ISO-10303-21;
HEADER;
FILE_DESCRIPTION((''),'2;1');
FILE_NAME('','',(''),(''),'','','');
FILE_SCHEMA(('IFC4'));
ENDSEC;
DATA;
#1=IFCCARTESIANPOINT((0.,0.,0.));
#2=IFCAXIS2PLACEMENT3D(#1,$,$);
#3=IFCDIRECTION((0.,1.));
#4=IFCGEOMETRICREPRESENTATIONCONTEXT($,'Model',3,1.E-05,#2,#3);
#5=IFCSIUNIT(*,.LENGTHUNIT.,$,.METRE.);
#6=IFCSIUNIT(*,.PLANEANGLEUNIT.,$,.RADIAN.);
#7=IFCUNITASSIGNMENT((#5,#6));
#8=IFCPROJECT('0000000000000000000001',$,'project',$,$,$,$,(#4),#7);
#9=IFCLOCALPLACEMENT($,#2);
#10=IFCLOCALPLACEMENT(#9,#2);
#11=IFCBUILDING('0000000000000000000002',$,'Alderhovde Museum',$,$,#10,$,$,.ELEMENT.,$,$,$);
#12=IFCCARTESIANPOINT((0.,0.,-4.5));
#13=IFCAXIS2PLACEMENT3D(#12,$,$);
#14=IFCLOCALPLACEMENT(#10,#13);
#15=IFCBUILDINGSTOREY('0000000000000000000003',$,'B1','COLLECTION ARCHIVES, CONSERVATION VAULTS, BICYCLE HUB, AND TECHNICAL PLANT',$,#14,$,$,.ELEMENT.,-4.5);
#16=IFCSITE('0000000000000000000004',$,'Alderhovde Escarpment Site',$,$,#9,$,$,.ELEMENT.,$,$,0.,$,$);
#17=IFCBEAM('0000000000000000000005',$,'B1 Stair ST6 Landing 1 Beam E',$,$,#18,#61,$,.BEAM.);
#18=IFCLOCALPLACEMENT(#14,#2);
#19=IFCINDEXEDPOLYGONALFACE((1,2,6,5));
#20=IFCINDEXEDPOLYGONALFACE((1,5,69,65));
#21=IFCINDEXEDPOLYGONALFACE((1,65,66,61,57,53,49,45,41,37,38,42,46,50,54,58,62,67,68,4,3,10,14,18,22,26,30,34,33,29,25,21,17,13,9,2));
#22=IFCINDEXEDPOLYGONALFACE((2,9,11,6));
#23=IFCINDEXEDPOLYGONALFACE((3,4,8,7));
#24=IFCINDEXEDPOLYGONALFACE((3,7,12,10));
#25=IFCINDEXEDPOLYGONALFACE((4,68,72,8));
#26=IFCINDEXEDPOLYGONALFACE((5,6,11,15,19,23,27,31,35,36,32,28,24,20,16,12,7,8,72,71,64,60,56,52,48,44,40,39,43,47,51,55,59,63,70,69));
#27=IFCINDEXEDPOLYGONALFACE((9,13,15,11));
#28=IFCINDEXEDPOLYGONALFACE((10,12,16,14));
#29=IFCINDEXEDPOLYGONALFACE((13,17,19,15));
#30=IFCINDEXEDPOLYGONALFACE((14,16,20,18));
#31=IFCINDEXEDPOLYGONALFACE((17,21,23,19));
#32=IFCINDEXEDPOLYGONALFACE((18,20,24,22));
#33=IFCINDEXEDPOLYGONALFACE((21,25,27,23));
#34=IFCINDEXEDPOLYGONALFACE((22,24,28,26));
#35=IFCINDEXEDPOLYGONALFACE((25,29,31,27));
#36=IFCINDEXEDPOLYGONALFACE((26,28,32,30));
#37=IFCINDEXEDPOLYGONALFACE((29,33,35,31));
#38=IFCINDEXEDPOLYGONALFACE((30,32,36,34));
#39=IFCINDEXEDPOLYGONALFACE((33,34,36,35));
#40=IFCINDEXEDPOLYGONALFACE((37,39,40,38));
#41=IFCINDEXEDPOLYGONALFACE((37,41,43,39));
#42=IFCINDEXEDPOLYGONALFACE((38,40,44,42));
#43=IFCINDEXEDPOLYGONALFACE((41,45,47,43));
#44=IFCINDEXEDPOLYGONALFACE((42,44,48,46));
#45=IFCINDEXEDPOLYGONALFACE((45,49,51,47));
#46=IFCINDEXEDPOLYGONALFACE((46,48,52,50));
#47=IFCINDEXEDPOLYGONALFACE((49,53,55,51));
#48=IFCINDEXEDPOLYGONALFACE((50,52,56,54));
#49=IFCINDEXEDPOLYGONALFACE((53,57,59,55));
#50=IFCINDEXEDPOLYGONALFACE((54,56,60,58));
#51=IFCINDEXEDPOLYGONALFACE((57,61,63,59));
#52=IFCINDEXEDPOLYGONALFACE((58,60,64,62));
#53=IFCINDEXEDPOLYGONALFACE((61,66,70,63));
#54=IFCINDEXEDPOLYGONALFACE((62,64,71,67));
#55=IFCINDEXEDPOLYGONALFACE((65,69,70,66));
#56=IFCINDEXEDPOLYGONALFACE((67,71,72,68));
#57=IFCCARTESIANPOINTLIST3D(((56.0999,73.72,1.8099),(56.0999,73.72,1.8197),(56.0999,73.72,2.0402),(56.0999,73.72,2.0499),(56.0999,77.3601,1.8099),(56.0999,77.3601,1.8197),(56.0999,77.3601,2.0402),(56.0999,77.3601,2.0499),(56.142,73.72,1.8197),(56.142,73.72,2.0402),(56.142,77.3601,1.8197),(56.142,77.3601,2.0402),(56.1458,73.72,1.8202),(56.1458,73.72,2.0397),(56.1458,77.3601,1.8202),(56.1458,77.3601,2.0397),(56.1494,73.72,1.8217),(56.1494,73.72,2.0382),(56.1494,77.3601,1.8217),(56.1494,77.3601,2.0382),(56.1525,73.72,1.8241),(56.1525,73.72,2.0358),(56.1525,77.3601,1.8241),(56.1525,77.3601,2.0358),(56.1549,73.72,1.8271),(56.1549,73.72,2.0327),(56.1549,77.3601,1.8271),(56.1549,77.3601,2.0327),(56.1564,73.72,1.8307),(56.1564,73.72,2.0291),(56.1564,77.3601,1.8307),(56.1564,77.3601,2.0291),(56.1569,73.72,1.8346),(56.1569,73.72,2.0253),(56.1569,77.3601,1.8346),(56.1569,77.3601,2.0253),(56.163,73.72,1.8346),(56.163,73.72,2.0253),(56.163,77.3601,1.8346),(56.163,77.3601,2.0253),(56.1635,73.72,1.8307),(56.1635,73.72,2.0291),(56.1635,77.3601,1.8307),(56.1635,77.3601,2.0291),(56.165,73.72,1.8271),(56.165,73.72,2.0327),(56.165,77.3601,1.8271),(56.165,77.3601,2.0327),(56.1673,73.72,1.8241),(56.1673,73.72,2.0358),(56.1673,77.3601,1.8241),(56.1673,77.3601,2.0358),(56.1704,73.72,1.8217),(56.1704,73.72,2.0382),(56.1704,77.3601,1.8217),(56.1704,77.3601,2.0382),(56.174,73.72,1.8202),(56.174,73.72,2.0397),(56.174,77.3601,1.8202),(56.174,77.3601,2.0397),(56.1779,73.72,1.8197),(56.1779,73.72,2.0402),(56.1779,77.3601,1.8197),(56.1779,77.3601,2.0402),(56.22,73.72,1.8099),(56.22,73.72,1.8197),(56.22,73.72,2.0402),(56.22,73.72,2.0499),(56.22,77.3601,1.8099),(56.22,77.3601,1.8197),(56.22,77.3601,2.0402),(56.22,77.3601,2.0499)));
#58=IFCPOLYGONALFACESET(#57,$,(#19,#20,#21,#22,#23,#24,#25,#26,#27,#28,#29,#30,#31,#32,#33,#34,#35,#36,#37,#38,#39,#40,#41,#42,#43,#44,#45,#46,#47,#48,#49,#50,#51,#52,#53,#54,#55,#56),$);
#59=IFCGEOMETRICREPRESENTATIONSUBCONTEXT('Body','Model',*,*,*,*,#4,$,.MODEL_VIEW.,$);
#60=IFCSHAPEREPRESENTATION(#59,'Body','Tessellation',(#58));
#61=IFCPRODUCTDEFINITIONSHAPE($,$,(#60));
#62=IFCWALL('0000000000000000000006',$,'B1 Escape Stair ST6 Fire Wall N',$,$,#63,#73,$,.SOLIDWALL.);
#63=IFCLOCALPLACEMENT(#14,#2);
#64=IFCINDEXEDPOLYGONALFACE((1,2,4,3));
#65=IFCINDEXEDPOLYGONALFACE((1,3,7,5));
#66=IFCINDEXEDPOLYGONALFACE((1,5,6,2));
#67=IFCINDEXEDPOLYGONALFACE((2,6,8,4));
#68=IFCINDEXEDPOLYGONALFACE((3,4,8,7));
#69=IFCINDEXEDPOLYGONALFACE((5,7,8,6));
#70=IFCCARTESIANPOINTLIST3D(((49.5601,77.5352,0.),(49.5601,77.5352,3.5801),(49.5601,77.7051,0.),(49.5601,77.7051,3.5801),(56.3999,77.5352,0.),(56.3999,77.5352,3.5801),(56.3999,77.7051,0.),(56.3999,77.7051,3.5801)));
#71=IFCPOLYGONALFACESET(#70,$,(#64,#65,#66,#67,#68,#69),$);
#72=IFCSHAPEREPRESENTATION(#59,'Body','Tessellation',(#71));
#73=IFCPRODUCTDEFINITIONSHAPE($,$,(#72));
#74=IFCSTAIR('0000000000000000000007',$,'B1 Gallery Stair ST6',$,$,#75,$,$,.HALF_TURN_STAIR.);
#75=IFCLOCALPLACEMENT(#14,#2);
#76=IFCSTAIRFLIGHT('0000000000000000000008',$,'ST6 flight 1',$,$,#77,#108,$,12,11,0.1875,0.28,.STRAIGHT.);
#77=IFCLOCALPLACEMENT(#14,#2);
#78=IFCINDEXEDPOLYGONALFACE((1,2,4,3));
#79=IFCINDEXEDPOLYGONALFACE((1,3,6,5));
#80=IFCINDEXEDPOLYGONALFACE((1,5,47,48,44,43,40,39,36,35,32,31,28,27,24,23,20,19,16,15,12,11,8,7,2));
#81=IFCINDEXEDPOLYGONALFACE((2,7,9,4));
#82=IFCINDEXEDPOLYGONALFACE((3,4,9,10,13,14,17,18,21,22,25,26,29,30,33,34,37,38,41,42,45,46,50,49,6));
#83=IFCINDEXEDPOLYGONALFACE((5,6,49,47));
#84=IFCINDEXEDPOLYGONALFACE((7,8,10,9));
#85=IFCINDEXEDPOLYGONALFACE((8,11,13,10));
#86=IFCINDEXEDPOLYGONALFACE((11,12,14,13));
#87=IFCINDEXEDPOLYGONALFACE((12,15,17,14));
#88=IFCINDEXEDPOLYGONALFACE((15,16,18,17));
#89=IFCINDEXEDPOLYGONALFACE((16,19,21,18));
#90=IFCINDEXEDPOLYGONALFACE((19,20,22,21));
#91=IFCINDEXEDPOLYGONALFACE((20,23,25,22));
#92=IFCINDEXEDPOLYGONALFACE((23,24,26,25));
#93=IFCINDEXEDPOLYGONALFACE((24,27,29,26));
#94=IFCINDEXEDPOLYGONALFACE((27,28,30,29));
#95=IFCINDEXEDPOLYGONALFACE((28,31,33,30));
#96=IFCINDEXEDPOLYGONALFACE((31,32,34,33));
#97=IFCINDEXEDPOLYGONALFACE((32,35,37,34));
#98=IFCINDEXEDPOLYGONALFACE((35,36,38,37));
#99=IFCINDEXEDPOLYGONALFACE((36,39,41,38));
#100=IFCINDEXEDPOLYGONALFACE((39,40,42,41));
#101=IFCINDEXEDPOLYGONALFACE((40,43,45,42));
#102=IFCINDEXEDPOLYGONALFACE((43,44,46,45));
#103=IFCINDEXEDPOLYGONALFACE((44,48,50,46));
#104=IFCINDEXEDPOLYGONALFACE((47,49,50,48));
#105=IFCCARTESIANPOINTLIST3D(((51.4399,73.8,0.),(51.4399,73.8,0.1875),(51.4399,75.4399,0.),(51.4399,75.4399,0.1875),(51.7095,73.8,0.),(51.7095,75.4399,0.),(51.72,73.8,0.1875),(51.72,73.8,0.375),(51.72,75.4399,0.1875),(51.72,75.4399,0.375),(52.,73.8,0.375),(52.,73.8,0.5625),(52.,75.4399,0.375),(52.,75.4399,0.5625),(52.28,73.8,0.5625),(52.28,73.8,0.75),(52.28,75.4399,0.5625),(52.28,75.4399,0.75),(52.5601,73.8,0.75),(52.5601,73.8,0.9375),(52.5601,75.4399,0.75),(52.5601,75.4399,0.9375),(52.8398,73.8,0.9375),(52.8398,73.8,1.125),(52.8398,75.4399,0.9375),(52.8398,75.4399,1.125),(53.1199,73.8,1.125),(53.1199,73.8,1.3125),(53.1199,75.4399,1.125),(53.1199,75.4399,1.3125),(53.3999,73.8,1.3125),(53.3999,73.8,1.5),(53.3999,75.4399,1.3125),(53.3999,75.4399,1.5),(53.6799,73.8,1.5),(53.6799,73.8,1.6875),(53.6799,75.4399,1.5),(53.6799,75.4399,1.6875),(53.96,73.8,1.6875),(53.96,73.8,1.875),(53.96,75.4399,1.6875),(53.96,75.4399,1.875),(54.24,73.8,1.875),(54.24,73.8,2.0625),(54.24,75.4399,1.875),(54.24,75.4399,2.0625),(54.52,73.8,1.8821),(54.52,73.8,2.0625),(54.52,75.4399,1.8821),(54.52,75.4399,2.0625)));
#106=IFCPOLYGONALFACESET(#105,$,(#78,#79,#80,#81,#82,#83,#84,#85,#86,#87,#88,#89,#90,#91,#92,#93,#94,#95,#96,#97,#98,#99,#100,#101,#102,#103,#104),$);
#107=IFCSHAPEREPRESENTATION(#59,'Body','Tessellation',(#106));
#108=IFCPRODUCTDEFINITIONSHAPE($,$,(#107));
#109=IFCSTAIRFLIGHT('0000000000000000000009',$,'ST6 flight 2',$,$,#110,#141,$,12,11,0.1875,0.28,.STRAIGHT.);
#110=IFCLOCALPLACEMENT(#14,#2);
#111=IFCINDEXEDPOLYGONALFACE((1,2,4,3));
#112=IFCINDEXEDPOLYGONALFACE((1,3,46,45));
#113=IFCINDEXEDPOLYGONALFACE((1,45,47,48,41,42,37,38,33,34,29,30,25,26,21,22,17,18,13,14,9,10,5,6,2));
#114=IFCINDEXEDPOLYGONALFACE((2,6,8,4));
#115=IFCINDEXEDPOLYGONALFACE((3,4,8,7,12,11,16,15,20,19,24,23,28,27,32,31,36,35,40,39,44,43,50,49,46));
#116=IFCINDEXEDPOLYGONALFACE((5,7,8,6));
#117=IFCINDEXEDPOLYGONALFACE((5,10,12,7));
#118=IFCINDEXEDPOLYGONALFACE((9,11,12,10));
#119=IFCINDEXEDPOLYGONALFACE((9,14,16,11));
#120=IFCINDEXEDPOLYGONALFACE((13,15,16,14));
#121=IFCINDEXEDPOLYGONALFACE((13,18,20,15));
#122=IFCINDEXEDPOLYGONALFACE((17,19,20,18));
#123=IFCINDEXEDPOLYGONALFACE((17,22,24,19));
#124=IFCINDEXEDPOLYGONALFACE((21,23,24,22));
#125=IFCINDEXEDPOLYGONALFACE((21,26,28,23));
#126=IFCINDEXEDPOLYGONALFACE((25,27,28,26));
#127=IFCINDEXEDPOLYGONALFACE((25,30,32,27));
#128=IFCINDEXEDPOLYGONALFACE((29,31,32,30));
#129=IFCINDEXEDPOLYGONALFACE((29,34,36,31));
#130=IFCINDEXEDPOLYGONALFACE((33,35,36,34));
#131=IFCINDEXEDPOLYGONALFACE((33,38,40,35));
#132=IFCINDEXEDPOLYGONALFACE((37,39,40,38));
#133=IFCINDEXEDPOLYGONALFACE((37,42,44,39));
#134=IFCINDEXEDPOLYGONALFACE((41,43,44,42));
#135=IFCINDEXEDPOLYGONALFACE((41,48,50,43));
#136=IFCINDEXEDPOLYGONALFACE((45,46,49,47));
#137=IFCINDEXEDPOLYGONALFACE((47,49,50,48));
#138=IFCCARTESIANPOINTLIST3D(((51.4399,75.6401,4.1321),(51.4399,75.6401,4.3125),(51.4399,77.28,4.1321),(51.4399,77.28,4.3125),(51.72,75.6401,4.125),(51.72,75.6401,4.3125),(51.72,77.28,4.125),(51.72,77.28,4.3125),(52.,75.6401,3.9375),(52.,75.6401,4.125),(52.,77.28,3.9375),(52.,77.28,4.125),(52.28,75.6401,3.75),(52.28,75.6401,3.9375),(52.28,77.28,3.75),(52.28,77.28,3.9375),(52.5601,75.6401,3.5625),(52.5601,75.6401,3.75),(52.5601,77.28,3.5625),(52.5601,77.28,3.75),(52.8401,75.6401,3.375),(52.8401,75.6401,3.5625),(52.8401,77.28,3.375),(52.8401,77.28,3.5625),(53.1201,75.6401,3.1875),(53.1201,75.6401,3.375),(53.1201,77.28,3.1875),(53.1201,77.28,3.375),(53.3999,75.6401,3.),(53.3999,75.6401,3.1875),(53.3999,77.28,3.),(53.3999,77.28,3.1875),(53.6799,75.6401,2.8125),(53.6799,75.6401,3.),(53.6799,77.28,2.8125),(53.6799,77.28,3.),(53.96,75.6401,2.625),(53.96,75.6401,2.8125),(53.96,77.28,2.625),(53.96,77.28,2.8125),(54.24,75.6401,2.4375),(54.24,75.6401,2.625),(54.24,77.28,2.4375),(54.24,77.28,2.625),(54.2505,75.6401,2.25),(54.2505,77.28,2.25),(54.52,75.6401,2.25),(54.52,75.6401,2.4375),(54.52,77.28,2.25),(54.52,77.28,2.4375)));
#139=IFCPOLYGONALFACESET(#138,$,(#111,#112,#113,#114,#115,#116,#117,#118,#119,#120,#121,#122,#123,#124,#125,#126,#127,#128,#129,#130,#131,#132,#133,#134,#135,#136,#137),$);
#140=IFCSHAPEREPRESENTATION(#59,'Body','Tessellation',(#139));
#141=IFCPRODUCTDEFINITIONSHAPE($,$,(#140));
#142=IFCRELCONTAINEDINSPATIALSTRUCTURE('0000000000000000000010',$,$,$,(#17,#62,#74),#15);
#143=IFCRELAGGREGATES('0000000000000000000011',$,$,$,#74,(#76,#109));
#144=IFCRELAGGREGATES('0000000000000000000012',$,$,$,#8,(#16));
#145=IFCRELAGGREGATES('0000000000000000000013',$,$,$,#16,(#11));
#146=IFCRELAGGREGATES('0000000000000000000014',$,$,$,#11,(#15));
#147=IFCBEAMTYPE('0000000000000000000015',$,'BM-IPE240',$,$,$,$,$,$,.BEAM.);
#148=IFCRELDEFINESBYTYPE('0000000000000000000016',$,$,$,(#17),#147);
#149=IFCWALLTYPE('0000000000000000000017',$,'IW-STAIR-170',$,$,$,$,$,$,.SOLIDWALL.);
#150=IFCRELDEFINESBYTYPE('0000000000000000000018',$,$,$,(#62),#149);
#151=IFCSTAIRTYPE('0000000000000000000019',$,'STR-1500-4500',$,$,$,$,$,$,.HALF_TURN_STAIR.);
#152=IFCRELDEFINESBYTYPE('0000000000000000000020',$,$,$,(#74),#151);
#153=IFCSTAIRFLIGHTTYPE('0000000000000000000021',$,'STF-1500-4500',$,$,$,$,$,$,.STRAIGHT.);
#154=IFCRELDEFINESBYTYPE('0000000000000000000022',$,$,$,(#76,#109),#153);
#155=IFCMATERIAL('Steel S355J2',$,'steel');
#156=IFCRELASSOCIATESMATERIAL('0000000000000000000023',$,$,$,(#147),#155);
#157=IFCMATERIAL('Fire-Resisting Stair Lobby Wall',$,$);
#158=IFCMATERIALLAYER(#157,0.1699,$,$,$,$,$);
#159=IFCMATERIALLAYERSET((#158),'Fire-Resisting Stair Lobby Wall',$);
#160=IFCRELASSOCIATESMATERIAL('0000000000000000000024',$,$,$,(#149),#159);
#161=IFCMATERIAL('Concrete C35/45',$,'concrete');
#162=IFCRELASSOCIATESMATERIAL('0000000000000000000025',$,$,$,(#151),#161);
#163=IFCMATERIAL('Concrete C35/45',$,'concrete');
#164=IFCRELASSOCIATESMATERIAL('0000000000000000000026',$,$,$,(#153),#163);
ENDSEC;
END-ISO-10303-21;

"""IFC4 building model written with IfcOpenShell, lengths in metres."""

from ifc_helpers import new_model, si_unit, direction, frame, frame_2d, origin, origin_2d, place, context, subcontext, project, spatial, polyline, rectangle, i_section, outline, extrude, material, layer, layer_set, material_profile, profile_set, type_object, element, aggregate, save


model = new_model("IFC4")

# Units and contexts
model_context = context("Model", 3, precision=1e-05, world=origin(), true_north=direction((0.0, 1.0)))
body_context = subcontext(model_context, "Body", "Model", "MODEL_VIEW")
ifc_project = project(units=[si_unit("LENGTHUNIT", "METRE"), si_unit("PLANEANGLEUNIT", "RADIAN")], contexts=[model_context])

# Site, building, storey
site_placement = place(None, origin())
site = spatial("IfcSite", under=ifc_project, at=site_placement, Name="Alderhovde Escarpment Site", CompositionType="ELEMENT", RefElevation=0.0)
building_placement = place(site_placement, origin())
building = spatial("IfcBuilding", under=site, at=building_placement, Name="Alderhovde Museum", CompositionType="ELEMENT")
storey_placement = place(building_placement, frame((0.0, 0.0, -4.5)))
storey = spatial("IfcBuildingStorey", under=building, at=storey_placement, Name="B1", Description="COLLECTION ARCHIVES, CONSERVATION VAULTS, BICYCLE HUB, AND TECHNICAL PLANT", CompositionType="ELEMENT", Elevation=-4.5)

# Beam
ifc_material_1 = material(Name="Steel S355J2", Category="steel")
ifc_material_profile_1 = material_profile(ifc_material_1, i_section(OverallWidth=0.1201, OverallDepth=0.24, WebThickness=0.0061, FlangeThickness=0.0098, FilletRadius=0.0149, at=origin_2d()), Name="IPE 240")
ifc_profile_set_1 = profile_set([ifc_material_profile_1], Name="Steel S355J2")
beam_type = type_object("IfcBeamType", Name="BM-IPE240", PredefinedType="BEAM", material=ifc_profile_set_1)
for number, where, z_axis, x_axis, name in (
    (1, (56.1599, 73.72, 1.9299), (0.0, 1.0, 0.0), (-1.0, 0.0, 0.0), "B1 Stair ST6 Landing 1 Beam E"),
):
    element("IfcBeam", number, at=place(storey_placement, frame(where, z_axis=z_axis, x_axis=x_axis)), inside=storey, type_object=beam_type, Name=name, PredefinedType="BEAM", context=body_context, shape_type="SweptSolid", body=[
        extrude(i_section(OverallWidth=0.1201, OverallDepth=0.24, WebThickness=0.0061, FlangeThickness=0.0098, FilletRadius=0.0149, at=origin_2d()), origin(), (0.0, 0.0, 1.0), 3.6401),
    ])

# Wall
ifc_material_2 = material(Name="Fire-Resisting Stair Lobby Wall")
ifc_layer = layer(ifc_material_2, 0.1699)
ifc_layer_set = layer_set([ifc_layer], Name="Fire-Resisting Stair Lobby Wall")
wall_type = type_object("IfcWallType", Name="IW-STAIR-170", PredefinedType="SOLIDWALL", material=ifc_layer_set)
wall_placement = place(storey_placement, frame((49.5601, 77.6201, 0.0), z_axis=(0.0, 0.0, 1.0), x_axis=(1.0, 0.0, 0.0)))
element("IfcWall", 2, at=wall_placement, inside=storey, type_object=wall_type, Name="B1 Escape Stair ST6 Fire Wall N", PredefinedType="SOLIDWALL", context=body_context, shape_type="SweptSolid", body=[
    extrude(rectangle(XDim=6.8398, YDim=0.1699, at=frame_2d((3.4199, 0.0))), origin(), (0.0, 0.0, 1.0), 3.5801),
])

# Stair, stair flights
ifc_material_3 = material(Name="Concrete C35/45", Category="concrete")
stair_type = type_object("IfcStairType", Name="STR-1500-4500", PredefinedType="HALF_TURN_STAIR", material=ifc_material_3)
stair_placement = place(storey_placement, origin())
stair = element("IfcStair", 3, at=stair_placement, inside=storey, type_object=stair_type, Name="B1 Gallery Stair ST6", PredefinedType="HALF_TURN_STAIR")
ifc_material_4 = material(Name="Concrete C35/45", Category="concrete")
stair_flight_type = type_object("IfcStairFlightType", Name="STF-1500-4500", PredefinedType="STRAIGHT", material=ifc_material_4)
stair_flight_1_placement = place(storey_placement, frame((51.4399, 74.6201, 0.0), z_axis=(0.0, 0.0, 1.0), x_axis=(1.0, 0.0, 0.0)))
stair_flight_1 = element("IfcStairFlight", 4, at=stair_flight_1_placement, type_object=stair_flight_type, Name="ST6 flight 1", NumberOfRisers=12, NumberOfTreads=11, PredefinedType="STRAIGHT", RiserHeight=0.1875, TreadLength=0.28, context=body_context, shape_type="SweptSolid", body=[
    extrude(outline(polyline([(0.0, 0.0), (0.0, 0.1875), (0.28, 0.1875), (0.28, 0.375), (0.5601, 0.375), (0.5601, 0.5625), (0.8401, 0.5625), (0.8401, 0.75), (1.1201, 0.75), (1.1201, 0.9375), (1.3999, 0.9375), (1.3999, 1.125), (1.6799, 1.125), (1.6799, 1.3125), (1.96, 1.3125), (1.96, 1.5), (2.24, 1.5), (2.24, 1.6875), (2.52, 1.6875), (2.52, 1.875), (2.8, 1.875), (2.8, 2.0625), (3.0801, 2.0625), (3.0801, 2.25), (3.0801, 1.8821), (0.2695, 0.0), (0.0, 0.0)])), frame((0.0, 0.8198, 0.0), z_axis=(0.0, -1.0, 0.0), x_axis=(1.0, 0.0, 0.0)), (0.0, 0.0, 1.0), 1.6399),
])
stair_flight_2_placement = place(storey_placement, frame((54.52, 76.46, 2.25), z_axis=(0.0, 0.0, 1.0), x_axis=(-1.0, 0.0, 0.0)))
stair_flight_2 = element("IfcStairFlight", 5, at=stair_flight_2_placement, type_object=stair_flight_type, Name="ST6 flight 2", NumberOfRisers=12, NumberOfTreads=11, PredefinedType="STRAIGHT", RiserHeight=0.1875, TreadLength=0.28, context=body_context, shape_type="SweptSolid", body=[
    extrude(outline(polyline([(0.0, 0.0), (0.0, 0.1875), (0.28, 0.1875), (0.28, 0.375), (0.5601, 0.375), (0.5601, 0.5625), (0.8401, 0.5625), (0.8401, 0.75), (1.1201, 0.75), (1.1201, 0.9375), (1.3999, 0.9375), (1.3999, 1.125), (1.6799, 1.125), (1.6799, 1.3125), (1.96, 1.3125), (1.96, 1.5), (2.24, 1.5), (2.24, 1.6875), (2.52, 1.6875), (2.52, 1.875), (2.8, 1.875), (2.8, 2.0625), (3.0801, 2.0625), (3.0801, 2.25), (3.0801, 1.8821), (0.2695, 0.0), (0.0, 0.0)])), frame((0.0, 0.8198, 0.0), z_axis=(0.0, -1.0, 0.0), x_axis=(1.0, 0.0, 0.0)), (0.0, 0.0, 1.0), 1.6399),
])
aggregate(stair, [stair_flight_1, stair_flight_2])

save(model, "model.ifc")
